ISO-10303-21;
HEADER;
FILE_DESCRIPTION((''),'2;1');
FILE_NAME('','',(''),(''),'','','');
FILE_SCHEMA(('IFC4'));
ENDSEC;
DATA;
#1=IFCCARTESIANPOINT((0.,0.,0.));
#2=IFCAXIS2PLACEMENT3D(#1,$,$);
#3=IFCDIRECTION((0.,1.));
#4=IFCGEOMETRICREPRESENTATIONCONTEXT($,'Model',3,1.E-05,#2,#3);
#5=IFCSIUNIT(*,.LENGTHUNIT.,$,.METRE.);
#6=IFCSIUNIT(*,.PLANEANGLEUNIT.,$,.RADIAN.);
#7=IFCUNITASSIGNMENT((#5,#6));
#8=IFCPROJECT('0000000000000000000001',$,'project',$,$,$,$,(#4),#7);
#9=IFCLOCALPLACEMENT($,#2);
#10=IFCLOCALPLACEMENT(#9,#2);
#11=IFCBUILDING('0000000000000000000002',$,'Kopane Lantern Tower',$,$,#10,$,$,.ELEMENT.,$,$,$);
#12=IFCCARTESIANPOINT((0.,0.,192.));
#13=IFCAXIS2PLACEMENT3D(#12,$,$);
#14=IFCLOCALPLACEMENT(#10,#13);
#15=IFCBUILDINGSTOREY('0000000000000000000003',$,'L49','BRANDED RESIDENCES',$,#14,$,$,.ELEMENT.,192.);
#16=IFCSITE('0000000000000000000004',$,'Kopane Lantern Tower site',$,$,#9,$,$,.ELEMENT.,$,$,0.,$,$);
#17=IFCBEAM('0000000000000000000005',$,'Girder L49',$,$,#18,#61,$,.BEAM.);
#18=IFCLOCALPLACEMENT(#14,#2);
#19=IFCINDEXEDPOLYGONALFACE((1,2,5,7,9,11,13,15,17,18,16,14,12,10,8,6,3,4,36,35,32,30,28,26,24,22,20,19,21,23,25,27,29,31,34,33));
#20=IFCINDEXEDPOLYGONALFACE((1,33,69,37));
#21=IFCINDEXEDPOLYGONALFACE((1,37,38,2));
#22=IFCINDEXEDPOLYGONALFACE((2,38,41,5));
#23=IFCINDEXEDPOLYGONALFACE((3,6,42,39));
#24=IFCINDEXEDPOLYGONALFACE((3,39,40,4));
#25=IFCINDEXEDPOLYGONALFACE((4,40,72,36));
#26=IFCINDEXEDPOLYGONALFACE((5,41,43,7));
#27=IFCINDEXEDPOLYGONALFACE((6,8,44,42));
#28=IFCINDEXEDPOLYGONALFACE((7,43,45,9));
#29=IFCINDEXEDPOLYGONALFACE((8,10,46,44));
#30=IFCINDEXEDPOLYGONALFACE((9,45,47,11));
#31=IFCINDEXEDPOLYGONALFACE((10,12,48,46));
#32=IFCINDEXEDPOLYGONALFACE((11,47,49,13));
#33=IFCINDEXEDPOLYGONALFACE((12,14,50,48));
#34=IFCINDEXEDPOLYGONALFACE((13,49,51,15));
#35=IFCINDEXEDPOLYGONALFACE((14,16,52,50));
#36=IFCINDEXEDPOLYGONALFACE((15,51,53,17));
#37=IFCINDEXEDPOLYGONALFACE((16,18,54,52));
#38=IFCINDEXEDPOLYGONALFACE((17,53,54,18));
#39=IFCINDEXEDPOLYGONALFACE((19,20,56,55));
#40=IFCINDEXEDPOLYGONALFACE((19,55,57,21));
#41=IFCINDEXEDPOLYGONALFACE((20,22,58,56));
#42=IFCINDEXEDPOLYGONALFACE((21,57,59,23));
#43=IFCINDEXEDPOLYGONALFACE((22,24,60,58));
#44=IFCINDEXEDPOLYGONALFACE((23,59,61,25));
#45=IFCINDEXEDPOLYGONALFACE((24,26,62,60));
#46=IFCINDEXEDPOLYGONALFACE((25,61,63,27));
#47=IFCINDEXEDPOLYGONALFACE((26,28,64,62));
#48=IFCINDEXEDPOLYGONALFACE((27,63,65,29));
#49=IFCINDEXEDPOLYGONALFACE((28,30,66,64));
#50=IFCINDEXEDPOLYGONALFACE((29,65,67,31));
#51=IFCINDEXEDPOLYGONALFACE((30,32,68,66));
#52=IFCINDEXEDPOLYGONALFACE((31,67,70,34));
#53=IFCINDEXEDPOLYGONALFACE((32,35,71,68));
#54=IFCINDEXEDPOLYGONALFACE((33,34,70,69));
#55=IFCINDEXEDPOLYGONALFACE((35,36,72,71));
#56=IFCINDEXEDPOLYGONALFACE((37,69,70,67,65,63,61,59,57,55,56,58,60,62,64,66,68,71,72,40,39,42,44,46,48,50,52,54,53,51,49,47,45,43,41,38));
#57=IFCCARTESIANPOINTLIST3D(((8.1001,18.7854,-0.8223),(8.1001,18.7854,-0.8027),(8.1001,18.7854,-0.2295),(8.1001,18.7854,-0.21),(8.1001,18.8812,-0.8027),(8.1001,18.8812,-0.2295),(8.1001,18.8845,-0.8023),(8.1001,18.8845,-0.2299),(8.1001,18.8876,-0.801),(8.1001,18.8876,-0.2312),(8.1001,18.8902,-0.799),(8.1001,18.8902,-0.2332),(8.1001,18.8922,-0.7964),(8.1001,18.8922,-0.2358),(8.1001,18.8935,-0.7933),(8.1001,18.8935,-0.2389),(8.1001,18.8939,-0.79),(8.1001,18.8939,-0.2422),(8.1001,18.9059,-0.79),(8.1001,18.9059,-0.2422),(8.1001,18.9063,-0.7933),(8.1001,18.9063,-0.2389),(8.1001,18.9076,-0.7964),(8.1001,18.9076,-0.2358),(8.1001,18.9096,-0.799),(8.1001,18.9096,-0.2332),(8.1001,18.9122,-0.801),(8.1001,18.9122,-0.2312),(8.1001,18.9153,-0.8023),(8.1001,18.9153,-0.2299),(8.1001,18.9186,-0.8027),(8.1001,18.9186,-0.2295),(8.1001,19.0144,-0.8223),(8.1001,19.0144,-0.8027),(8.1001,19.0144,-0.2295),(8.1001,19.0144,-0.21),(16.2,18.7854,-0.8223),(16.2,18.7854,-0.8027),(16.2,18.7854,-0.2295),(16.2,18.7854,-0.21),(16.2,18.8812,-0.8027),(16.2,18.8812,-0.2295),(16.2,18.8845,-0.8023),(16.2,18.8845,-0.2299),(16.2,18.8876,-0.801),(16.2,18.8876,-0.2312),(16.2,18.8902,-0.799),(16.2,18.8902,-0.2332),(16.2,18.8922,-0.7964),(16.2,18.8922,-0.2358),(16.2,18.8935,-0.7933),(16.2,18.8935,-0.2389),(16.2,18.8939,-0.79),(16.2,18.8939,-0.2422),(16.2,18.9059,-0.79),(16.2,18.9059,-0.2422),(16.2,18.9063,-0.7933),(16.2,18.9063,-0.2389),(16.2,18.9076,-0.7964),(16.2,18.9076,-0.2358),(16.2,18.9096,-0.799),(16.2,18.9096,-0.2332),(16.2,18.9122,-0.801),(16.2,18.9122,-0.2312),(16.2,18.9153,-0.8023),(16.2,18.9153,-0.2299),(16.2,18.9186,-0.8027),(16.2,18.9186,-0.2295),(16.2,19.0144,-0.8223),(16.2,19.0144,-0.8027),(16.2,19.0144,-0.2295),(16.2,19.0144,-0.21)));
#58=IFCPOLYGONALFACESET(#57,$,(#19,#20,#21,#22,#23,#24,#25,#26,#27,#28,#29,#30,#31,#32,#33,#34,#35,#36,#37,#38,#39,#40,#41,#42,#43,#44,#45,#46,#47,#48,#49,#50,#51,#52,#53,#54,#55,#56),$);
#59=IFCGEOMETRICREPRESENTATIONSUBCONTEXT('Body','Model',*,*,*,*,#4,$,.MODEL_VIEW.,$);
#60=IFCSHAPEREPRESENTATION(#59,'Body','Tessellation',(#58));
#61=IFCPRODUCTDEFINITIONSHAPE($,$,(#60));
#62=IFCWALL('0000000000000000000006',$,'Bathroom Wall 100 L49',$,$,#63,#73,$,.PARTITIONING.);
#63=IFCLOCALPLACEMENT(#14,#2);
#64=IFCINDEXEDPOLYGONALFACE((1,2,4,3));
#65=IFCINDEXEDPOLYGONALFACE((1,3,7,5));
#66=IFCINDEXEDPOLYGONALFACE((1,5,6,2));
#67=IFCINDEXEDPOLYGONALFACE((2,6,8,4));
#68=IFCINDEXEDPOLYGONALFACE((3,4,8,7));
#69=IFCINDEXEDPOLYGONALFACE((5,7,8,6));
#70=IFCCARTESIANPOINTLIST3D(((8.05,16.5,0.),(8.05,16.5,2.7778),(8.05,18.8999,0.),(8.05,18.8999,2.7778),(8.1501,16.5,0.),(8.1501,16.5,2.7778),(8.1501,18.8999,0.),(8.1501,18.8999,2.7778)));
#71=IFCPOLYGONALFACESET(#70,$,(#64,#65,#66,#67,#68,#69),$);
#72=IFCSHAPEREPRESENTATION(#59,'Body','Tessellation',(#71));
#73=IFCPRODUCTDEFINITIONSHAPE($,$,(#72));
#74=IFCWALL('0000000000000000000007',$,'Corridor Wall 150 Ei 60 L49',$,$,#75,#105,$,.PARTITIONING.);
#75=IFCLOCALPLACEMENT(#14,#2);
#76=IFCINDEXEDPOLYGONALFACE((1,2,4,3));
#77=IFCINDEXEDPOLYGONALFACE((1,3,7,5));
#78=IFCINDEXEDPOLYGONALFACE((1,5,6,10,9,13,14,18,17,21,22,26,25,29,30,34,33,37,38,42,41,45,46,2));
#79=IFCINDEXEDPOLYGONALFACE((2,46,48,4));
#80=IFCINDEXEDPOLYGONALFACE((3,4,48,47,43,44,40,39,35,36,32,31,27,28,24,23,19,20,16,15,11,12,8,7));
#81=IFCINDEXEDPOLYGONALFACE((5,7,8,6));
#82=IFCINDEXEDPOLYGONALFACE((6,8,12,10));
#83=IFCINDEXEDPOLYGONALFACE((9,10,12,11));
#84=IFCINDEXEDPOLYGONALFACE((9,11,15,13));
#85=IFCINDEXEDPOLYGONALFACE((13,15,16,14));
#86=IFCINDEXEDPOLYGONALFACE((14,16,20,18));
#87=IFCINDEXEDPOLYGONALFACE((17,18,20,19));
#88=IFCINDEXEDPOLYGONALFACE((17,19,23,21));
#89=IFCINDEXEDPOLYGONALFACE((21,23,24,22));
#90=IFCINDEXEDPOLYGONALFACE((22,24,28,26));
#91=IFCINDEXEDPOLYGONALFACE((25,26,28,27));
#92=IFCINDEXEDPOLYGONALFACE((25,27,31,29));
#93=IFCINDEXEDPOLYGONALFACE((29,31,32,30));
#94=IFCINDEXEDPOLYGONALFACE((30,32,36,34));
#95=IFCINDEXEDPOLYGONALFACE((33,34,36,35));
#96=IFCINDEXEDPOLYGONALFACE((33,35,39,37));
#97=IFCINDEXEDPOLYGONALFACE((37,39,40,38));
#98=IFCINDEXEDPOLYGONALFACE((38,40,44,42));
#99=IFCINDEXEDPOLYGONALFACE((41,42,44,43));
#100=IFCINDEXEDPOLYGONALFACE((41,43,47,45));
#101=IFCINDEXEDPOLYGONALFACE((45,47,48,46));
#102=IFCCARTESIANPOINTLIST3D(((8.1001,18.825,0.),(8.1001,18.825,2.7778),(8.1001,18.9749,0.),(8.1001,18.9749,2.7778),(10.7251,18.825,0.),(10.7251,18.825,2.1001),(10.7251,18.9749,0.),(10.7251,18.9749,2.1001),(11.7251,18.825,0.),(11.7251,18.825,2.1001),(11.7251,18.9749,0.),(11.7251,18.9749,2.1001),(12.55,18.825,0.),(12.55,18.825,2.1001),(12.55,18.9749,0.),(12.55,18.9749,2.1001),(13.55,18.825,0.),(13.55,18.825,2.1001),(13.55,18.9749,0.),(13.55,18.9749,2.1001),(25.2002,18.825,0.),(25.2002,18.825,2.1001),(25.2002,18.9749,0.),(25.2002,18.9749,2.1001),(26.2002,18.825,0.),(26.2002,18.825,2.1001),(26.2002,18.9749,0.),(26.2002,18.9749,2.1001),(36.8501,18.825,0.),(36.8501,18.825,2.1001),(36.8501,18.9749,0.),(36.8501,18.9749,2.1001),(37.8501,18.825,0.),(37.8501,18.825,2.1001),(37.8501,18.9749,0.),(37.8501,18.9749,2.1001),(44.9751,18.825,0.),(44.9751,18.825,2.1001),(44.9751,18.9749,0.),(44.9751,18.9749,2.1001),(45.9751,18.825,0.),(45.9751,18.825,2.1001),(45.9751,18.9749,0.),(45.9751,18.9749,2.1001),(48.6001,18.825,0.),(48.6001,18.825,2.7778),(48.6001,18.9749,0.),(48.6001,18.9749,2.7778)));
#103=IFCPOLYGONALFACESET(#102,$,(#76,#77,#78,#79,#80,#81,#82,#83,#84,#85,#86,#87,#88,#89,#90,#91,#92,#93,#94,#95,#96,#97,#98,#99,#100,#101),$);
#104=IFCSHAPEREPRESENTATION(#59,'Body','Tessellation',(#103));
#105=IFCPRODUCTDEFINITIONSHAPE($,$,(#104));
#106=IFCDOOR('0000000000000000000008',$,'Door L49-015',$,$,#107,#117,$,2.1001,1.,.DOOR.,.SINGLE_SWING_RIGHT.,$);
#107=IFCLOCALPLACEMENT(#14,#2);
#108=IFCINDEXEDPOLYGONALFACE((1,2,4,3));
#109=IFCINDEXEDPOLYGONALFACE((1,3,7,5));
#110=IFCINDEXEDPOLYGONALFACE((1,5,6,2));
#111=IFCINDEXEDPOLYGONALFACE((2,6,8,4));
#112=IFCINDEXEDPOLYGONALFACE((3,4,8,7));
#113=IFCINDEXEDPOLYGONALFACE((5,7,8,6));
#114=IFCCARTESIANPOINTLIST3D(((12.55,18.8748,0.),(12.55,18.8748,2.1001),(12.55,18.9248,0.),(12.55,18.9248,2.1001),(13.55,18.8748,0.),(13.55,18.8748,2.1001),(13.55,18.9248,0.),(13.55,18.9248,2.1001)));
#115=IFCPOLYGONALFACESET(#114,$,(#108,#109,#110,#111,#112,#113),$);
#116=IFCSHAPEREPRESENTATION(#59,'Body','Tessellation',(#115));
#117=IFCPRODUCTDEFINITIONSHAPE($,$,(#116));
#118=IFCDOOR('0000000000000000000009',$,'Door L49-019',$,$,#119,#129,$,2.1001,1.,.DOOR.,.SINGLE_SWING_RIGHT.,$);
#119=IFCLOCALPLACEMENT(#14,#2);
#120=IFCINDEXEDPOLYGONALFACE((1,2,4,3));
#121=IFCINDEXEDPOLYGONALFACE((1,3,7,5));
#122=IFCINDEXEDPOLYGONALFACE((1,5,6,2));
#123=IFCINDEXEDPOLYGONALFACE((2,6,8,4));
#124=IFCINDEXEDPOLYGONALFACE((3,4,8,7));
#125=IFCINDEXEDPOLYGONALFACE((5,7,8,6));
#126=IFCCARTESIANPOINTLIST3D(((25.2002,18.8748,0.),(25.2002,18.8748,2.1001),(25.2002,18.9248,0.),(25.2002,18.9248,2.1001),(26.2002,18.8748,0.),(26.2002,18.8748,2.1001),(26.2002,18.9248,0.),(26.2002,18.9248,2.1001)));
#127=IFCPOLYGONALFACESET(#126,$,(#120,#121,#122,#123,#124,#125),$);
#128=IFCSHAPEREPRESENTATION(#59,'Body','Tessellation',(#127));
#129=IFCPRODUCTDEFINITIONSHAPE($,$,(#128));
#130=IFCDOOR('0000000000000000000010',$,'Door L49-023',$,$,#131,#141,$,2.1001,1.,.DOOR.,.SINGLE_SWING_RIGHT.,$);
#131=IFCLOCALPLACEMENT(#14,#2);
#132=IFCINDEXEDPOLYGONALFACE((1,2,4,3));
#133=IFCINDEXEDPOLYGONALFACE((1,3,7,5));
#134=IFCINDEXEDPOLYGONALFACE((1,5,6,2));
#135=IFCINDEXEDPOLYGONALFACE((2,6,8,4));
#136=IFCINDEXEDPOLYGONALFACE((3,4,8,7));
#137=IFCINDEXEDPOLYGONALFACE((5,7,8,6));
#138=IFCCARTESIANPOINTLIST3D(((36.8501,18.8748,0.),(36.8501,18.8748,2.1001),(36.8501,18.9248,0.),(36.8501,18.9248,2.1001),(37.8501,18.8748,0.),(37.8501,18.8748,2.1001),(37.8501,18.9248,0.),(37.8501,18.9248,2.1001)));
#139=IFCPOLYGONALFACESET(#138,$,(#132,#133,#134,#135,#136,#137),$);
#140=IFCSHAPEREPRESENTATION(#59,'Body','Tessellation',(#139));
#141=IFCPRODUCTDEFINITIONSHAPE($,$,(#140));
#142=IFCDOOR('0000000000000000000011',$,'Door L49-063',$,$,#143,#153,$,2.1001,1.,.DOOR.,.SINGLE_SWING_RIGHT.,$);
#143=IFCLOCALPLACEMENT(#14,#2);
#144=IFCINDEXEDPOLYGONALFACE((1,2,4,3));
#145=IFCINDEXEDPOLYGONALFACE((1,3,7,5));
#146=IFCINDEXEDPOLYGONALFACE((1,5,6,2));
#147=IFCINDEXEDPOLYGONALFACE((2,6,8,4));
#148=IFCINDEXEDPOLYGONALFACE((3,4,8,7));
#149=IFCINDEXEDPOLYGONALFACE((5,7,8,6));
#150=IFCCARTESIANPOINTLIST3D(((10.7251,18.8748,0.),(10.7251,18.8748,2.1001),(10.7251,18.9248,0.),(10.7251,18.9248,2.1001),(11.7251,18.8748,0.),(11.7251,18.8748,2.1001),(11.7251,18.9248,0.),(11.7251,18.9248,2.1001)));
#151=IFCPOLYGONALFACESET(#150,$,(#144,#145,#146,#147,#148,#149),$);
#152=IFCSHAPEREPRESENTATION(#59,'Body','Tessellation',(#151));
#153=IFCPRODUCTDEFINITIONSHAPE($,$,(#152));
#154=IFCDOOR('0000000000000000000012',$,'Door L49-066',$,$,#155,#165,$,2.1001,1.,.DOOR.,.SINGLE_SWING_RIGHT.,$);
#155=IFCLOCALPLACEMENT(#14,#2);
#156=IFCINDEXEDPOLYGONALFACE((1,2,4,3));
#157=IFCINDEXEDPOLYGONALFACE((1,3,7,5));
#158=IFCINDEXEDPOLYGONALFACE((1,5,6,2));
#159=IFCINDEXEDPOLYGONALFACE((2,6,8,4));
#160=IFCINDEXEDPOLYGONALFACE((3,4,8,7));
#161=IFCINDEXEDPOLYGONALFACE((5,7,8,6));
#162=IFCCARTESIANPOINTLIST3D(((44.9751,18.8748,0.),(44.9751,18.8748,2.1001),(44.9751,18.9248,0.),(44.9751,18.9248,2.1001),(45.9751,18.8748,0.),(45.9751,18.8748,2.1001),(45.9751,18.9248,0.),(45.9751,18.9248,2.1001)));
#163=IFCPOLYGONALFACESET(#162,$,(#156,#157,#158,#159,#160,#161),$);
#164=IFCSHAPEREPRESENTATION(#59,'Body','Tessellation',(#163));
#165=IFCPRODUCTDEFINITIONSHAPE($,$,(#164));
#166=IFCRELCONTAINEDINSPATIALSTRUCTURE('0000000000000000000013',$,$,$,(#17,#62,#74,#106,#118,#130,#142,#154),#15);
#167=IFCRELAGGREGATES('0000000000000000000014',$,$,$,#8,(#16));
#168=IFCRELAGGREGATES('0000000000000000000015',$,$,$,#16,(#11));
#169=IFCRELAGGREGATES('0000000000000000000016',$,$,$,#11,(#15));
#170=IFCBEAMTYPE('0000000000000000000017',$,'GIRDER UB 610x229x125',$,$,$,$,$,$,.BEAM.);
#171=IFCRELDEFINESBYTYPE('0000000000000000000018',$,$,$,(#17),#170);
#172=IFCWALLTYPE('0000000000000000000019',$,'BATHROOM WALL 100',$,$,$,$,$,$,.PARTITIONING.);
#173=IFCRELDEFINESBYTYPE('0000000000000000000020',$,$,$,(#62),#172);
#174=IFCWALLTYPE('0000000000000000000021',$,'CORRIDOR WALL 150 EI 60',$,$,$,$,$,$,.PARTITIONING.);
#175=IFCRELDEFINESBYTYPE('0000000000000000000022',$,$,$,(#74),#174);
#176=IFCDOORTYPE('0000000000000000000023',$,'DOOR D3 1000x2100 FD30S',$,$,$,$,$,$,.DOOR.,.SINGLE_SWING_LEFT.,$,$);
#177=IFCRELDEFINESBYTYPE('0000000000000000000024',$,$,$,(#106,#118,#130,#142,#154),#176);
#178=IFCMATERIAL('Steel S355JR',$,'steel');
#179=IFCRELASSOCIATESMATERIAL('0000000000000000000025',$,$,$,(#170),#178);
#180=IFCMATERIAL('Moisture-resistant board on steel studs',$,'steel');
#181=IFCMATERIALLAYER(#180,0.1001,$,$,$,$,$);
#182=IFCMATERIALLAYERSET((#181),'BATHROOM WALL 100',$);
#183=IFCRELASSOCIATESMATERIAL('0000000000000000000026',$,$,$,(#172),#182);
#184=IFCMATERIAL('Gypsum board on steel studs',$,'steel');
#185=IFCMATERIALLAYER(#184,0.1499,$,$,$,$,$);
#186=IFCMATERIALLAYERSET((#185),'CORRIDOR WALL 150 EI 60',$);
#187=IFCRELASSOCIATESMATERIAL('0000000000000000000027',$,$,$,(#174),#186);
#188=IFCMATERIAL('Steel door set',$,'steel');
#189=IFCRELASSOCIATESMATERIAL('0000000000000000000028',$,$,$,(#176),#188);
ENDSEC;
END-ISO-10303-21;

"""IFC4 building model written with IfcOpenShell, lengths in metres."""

from ifc_helpers import new_model, si_unit, direction, frame, frame_2d, origin, origin_2d, place, context, subcontext, project, spatial, rectangle, i_section, extrude, material, layer, layer_set, material_profile, profile_set, type_object, element, fill, save


model = new_model("IFC4")

# Units and contexts
model_context = context("Model", 3, precision=1e-05, world=origin(), true_north=direction((0.0, 1.0)))
body_context = subcontext(model_context, "Body", "Model", "MODEL_VIEW")
ifc_project = project(units=[si_unit("LENGTHUNIT", "METRE"), si_unit("PLANEANGLEUNIT", "RADIAN")], contexts=[model_context])

# Site, building, storey
site_placement = place(None, origin())
site = spatial("IfcSite", under=ifc_project, at=site_placement, Name="Kopane Lantern Tower site", CompositionType="ELEMENT", RefElevation=0.0)
building_placement = place(site_placement, origin())
building = spatial("IfcBuilding", under=site, at=building_placement, Name="Kopane Lantern Tower", CompositionType="ELEMENT")
storey_placement = place(building_placement, frame((0.0, 0.0, 192.0)))
storey = spatial("IfcBuildingStorey", under=building, at=storey_placement, Name="L49", Description="BRANDED RESIDENCES", CompositionType="ELEMENT", Elevation=192.0)

# Beam
ifc_material_1 = material(Name="Steel S355JR", Category="steel")
ifc_material_profile = material_profile(ifc_material_1, i_section(OverallWidth=0.229, OverallDepth=0.6123, WebThickness=0.012, FlangeThickness=0.0195, FilletRadius=0.0127, at=origin_2d()), Name="UB 610x229x125")
ifc_profile_set = profile_set([ifc_material_profile], Name="Steel S355JR")
beam_type = type_object("IfcBeamType", Name="GIRDER UB 610x229x125", PredefinedType="BEAM", material=ifc_profile_set)
beam_placement = place(storey_placement, frame((8.1001, 18.8999, -0.5161), z_axis=(1.0, 0.0, 0.0), x_axis=(0.0, 1.0, 0.0)))
element("IfcBeam", 1, at=beam_placement, inside=storey, type_object=beam_type, Name="Girder L49", PredefinedType="BEAM", context=body_context, shape_type="SweptSolid", body=[
    extrude(i_section(OverallWidth=0.229, OverallDepth=0.6123, WebThickness=0.012, FlangeThickness=0.0195, FilletRadius=0.0127, at=origin_2d()), origin(), (0.0, 0.0, 1.0), 8.0999),
])

# Wall
ifc_material_2 = material(Name="Moisture-resistant board on steel studs", Category="steel")
ifc_layer_1 = layer(ifc_material_2, 0.1001)
ifc_layer_set_1 = layer_set([ifc_layer_1], Name="BATHROOM WALL 100")
wall_type_1 = type_object("IfcWallType", Name="BATHROOM WALL 100", PredefinedType="PARTITIONING", material=ifc_layer_set_1)
wall_1_placement = place(storey_placement, frame((8.1001, 18.8999, 0.0), z_axis=(0.0, 0.0, 1.0), x_axis=(0.0, -1.0, 0.0)))
element("IfcWall", 2, at=wall_1_placement, inside=storey, type_object=wall_type_1, Name="Bathroom Wall 100 L49", PredefinedType="PARTITIONING", context=body_context, shape_type="SweptSolid", body=[
    extrude(rectangle(XDim=2.3999, YDim=0.1001, at=frame_2d((1.2, 0.0))), origin(), (0.0, 0.0, 1.0), 2.7778),
])

# Wall, openings, doors
ifc_material_3 = material(Name="Gypsum board on steel studs", Category="steel")
ifc_layer_2 = layer(ifc_material_3, 0.1499)
ifc_layer_set_2 = layer_set([ifc_layer_2], Name="CORRIDOR WALL 150 EI 60")
wall_type_2 = type_object("IfcWallType", Name="CORRIDOR WALL 150 EI 60", PredefinedType="PARTITIONING", material=ifc_layer_set_2)
wall_2_placement = place(storey_placement, frame((8.1001, 18.8999, 0.0), z_axis=(0.0, 0.0, 1.0), x_axis=(1.0, 0.0, 0.0)))
wall_2 = element("IfcWall", 3, at=wall_2_placement, inside=storey, type_object=wall_type_2, Name="Corridor Wall 150 Ei 60 L49", PredefinedType="PARTITIONING", context=body_context, shape_type="SweptSolid", body=[
    extrude(rectangle(XDim=40.5, YDim=0.1499, at=frame_2d((20.25, 0.0))), origin(), (0.0, 0.0, 1.0), 2.7778),
])
opening_1_placement = place(wall_2_placement, frame((4.45, 0.0, 0.0)))
opening_1 = element("IfcOpeningElement", 4, at=opening_1_placement, cuts=wall_2, PredefinedType="OPENING", context=body_context, shape_type="SweptSolid", body=[
    extrude(rectangle(XDim=1.0, YDim=2.1001, at=frame_2d((0.5, 1.05))), frame((0.0, 0.085, 0.0), z_axis=(0.0, -1.0, 0.0), x_axis=(1.0, 0.0, 0.0)), (0.0, 0.0, 1.0), 0.1699),
])
opening_2_placement = place(wall_2_placement, frame((17.1001, 0.0, 0.0)))
opening_2 = element("IfcOpeningElement", 5, at=opening_2_placement, cuts=wall_2, PredefinedType="OPENING", context=body_context, shape_type="SweptSolid", body=[
    extrude(rectangle(XDim=1.0, YDim=2.1001, at=frame_2d((0.5, 1.05))), frame((0.0, 0.085, 0.0), z_axis=(0.0, -1.0, 0.0), x_axis=(1.0, 0.0, 0.0)), (0.0, 0.0, 1.0), 0.1699),
])
opening_3_placement = place(wall_2_placement, frame((28.75, 0.0, 0.0)))
opening_3 = element("IfcOpeningElement", 6, at=opening_3_placement, cuts=wall_2, PredefinedType="OPENING", context=body_context, shape_type="SweptSolid", body=[
    extrude(rectangle(XDim=1.0, YDim=2.1001, at=frame_2d((0.5, 1.05))), frame((0.0, 0.085, 0.0), z_axis=(0.0, -1.0, 0.0), x_axis=(1.0, 0.0, 0.0)), (0.0, 0.0, 1.0), 0.1699),
])
opening_4_placement = place(wall_2_placement, frame((2.625, 0.0, 0.0)))
opening_4 = element("IfcOpeningElement", 7, at=opening_4_placement, cuts=wall_2, PredefinedType="OPENING", context=body_context, shape_type="SweptSolid", body=[
    extrude(rectangle(XDim=1.0, YDim=2.1001, at=frame_2d((0.5, 1.05))), frame((0.0, 0.085, 0.0), z_axis=(0.0, -1.0, 0.0), x_axis=(1.0, 0.0, 0.0)), (0.0, 0.0, 1.0), 0.1699),
])
opening_5_placement = place(wall_2_placement, frame((36.875, 0.0, 0.0)))
opening_5 = element("IfcOpeningElement", 8, at=opening_5_placement, cuts=wall_2, PredefinedType="OPENING", context=body_context, shape_type="SweptSolid", body=[
    extrude(rectangle(XDim=1.0, YDim=2.1001, at=frame_2d((0.5, 1.05))), frame((0.0, 0.085, 0.0), z_axis=(0.0, -1.0, 0.0), x_axis=(1.0, 0.0, 0.0)), (0.0, 0.0, 1.0), 0.1699),
])
ifc_material_4 = material(Name="Steel door set", Category="steel")
door_type = type_object("IfcDoorType", Name="DOOR D3 1000x2100 FD30S", OperationType="SINGLE_SWING_LEFT", PredefinedType="DOOR", material=ifc_material_4)
door_1_placement = place(opening_1_placement, origin())
door_1 = element("IfcDoor", 9, at=door_1_placement, inside=storey, type_object=door_type, Name="Door L49-015", OperationType="SINGLE_SWING_RIGHT", OverallHeight=2.1001, OverallWidth=1.0, PredefinedType="DOOR", context=body_context, shape_type="SweptSolid", body=[
    extrude(rectangle(XDim=1.0, YDim=2.1001, at=frame_2d((0.5, 1.05))), frame((0.0, 0.0249, 0.0), z_axis=(0.0, -1.0, 0.0), x_axis=(1.0, 0.0, 0.0)), (0.0, 0.0, 1.0), 0.05),
])
fill(opening_1, door_1)
door_2_placement = place(opening_2_placement, origin())
door_2 = element("IfcDoor", 10, at=door_2_placement, inside=storey, type_object=door_type, Name="Door L49-019", OperationType="SINGLE_SWING_RIGHT", OverallHeight=2.1001, OverallWidth=1.0, PredefinedType="DOOR", context=body_context, shape_type="SweptSolid", body=[
    extrude(rectangle(XDim=1.0, YDim=2.1001, at=frame_2d((0.5, 1.05))), frame((0.0, 0.0249, 0.0), z_axis=(0.0, -1.0, 0.0), x_axis=(1.0, 0.0, 0.0)), (0.0, 0.0, 1.0), 0.05),
])
fill(opening_2, door_2)
door_3_placement = place(opening_3_placement, origin())
door_3 = element("IfcDoor", 11, at=door_3_placement, inside=storey, type_object=door_type, Name="Door L49-023", OperationType="SINGLE_SWING_RIGHT", OverallHeight=2.1001, OverallWidth=1.0, PredefinedType="DOOR", context=body_context, shape_type="SweptSolid", body=[
    extrude(rectangle(XDim=1.0, YDim=2.1001, at=frame_2d((0.5, 1.05))), frame((0.0, 0.0249, 0.0), z_axis=(0.0, -1.0, 0.0), x_axis=(1.0, 0.0, 0.0)), (0.0, 0.0, 1.0), 0.05),
])
fill(opening_3, door_3)
door_4_placement = place(opening_4_placement, origin())
door_4 = element("IfcDoor", 12, at=door_4_placement, inside=storey, type_object=door_type, Name="Door L49-063", OperationType="SINGLE_SWING_RIGHT", OverallHeight=2.1001, OverallWidth=1.0, PredefinedType="DOOR", context=body_context, shape_type="SweptSolid", body=[
    extrude(rectangle(XDim=1.0, YDim=2.1001, at=frame_2d((0.5, 1.05))), frame((0.0, 0.0249, 0.0), z_axis=(0.0, -1.0, 0.0), x_axis=(1.0, 0.0, 0.0)), (0.0, 0.0, 1.0), 0.05),
])
fill(opening_4, door_4)
door_5_placement = place(opening_5_placement, origin())
door_5 = element("IfcDoor", 13, at=door_5_placement, inside=storey, type_object=door_type, Name="Door L49-066", OperationType="SINGLE_SWING_RIGHT", OverallHeight=2.1001, OverallWidth=1.0, PredefinedType="DOOR", context=body_context, shape_type="SweptSolid", body=[
    extrude(rectangle(XDim=1.0, YDim=2.1001, at=frame_2d((0.5, 1.05))), frame((0.0, 0.0249, 0.0), z_axis=(0.0, -1.0, 0.0), x_axis=(1.0, 0.0, 0.0)), (0.0, 0.0, 1.0), 0.05),
])
fill(opening_5, door_5)

save(model, "model.ifc")
